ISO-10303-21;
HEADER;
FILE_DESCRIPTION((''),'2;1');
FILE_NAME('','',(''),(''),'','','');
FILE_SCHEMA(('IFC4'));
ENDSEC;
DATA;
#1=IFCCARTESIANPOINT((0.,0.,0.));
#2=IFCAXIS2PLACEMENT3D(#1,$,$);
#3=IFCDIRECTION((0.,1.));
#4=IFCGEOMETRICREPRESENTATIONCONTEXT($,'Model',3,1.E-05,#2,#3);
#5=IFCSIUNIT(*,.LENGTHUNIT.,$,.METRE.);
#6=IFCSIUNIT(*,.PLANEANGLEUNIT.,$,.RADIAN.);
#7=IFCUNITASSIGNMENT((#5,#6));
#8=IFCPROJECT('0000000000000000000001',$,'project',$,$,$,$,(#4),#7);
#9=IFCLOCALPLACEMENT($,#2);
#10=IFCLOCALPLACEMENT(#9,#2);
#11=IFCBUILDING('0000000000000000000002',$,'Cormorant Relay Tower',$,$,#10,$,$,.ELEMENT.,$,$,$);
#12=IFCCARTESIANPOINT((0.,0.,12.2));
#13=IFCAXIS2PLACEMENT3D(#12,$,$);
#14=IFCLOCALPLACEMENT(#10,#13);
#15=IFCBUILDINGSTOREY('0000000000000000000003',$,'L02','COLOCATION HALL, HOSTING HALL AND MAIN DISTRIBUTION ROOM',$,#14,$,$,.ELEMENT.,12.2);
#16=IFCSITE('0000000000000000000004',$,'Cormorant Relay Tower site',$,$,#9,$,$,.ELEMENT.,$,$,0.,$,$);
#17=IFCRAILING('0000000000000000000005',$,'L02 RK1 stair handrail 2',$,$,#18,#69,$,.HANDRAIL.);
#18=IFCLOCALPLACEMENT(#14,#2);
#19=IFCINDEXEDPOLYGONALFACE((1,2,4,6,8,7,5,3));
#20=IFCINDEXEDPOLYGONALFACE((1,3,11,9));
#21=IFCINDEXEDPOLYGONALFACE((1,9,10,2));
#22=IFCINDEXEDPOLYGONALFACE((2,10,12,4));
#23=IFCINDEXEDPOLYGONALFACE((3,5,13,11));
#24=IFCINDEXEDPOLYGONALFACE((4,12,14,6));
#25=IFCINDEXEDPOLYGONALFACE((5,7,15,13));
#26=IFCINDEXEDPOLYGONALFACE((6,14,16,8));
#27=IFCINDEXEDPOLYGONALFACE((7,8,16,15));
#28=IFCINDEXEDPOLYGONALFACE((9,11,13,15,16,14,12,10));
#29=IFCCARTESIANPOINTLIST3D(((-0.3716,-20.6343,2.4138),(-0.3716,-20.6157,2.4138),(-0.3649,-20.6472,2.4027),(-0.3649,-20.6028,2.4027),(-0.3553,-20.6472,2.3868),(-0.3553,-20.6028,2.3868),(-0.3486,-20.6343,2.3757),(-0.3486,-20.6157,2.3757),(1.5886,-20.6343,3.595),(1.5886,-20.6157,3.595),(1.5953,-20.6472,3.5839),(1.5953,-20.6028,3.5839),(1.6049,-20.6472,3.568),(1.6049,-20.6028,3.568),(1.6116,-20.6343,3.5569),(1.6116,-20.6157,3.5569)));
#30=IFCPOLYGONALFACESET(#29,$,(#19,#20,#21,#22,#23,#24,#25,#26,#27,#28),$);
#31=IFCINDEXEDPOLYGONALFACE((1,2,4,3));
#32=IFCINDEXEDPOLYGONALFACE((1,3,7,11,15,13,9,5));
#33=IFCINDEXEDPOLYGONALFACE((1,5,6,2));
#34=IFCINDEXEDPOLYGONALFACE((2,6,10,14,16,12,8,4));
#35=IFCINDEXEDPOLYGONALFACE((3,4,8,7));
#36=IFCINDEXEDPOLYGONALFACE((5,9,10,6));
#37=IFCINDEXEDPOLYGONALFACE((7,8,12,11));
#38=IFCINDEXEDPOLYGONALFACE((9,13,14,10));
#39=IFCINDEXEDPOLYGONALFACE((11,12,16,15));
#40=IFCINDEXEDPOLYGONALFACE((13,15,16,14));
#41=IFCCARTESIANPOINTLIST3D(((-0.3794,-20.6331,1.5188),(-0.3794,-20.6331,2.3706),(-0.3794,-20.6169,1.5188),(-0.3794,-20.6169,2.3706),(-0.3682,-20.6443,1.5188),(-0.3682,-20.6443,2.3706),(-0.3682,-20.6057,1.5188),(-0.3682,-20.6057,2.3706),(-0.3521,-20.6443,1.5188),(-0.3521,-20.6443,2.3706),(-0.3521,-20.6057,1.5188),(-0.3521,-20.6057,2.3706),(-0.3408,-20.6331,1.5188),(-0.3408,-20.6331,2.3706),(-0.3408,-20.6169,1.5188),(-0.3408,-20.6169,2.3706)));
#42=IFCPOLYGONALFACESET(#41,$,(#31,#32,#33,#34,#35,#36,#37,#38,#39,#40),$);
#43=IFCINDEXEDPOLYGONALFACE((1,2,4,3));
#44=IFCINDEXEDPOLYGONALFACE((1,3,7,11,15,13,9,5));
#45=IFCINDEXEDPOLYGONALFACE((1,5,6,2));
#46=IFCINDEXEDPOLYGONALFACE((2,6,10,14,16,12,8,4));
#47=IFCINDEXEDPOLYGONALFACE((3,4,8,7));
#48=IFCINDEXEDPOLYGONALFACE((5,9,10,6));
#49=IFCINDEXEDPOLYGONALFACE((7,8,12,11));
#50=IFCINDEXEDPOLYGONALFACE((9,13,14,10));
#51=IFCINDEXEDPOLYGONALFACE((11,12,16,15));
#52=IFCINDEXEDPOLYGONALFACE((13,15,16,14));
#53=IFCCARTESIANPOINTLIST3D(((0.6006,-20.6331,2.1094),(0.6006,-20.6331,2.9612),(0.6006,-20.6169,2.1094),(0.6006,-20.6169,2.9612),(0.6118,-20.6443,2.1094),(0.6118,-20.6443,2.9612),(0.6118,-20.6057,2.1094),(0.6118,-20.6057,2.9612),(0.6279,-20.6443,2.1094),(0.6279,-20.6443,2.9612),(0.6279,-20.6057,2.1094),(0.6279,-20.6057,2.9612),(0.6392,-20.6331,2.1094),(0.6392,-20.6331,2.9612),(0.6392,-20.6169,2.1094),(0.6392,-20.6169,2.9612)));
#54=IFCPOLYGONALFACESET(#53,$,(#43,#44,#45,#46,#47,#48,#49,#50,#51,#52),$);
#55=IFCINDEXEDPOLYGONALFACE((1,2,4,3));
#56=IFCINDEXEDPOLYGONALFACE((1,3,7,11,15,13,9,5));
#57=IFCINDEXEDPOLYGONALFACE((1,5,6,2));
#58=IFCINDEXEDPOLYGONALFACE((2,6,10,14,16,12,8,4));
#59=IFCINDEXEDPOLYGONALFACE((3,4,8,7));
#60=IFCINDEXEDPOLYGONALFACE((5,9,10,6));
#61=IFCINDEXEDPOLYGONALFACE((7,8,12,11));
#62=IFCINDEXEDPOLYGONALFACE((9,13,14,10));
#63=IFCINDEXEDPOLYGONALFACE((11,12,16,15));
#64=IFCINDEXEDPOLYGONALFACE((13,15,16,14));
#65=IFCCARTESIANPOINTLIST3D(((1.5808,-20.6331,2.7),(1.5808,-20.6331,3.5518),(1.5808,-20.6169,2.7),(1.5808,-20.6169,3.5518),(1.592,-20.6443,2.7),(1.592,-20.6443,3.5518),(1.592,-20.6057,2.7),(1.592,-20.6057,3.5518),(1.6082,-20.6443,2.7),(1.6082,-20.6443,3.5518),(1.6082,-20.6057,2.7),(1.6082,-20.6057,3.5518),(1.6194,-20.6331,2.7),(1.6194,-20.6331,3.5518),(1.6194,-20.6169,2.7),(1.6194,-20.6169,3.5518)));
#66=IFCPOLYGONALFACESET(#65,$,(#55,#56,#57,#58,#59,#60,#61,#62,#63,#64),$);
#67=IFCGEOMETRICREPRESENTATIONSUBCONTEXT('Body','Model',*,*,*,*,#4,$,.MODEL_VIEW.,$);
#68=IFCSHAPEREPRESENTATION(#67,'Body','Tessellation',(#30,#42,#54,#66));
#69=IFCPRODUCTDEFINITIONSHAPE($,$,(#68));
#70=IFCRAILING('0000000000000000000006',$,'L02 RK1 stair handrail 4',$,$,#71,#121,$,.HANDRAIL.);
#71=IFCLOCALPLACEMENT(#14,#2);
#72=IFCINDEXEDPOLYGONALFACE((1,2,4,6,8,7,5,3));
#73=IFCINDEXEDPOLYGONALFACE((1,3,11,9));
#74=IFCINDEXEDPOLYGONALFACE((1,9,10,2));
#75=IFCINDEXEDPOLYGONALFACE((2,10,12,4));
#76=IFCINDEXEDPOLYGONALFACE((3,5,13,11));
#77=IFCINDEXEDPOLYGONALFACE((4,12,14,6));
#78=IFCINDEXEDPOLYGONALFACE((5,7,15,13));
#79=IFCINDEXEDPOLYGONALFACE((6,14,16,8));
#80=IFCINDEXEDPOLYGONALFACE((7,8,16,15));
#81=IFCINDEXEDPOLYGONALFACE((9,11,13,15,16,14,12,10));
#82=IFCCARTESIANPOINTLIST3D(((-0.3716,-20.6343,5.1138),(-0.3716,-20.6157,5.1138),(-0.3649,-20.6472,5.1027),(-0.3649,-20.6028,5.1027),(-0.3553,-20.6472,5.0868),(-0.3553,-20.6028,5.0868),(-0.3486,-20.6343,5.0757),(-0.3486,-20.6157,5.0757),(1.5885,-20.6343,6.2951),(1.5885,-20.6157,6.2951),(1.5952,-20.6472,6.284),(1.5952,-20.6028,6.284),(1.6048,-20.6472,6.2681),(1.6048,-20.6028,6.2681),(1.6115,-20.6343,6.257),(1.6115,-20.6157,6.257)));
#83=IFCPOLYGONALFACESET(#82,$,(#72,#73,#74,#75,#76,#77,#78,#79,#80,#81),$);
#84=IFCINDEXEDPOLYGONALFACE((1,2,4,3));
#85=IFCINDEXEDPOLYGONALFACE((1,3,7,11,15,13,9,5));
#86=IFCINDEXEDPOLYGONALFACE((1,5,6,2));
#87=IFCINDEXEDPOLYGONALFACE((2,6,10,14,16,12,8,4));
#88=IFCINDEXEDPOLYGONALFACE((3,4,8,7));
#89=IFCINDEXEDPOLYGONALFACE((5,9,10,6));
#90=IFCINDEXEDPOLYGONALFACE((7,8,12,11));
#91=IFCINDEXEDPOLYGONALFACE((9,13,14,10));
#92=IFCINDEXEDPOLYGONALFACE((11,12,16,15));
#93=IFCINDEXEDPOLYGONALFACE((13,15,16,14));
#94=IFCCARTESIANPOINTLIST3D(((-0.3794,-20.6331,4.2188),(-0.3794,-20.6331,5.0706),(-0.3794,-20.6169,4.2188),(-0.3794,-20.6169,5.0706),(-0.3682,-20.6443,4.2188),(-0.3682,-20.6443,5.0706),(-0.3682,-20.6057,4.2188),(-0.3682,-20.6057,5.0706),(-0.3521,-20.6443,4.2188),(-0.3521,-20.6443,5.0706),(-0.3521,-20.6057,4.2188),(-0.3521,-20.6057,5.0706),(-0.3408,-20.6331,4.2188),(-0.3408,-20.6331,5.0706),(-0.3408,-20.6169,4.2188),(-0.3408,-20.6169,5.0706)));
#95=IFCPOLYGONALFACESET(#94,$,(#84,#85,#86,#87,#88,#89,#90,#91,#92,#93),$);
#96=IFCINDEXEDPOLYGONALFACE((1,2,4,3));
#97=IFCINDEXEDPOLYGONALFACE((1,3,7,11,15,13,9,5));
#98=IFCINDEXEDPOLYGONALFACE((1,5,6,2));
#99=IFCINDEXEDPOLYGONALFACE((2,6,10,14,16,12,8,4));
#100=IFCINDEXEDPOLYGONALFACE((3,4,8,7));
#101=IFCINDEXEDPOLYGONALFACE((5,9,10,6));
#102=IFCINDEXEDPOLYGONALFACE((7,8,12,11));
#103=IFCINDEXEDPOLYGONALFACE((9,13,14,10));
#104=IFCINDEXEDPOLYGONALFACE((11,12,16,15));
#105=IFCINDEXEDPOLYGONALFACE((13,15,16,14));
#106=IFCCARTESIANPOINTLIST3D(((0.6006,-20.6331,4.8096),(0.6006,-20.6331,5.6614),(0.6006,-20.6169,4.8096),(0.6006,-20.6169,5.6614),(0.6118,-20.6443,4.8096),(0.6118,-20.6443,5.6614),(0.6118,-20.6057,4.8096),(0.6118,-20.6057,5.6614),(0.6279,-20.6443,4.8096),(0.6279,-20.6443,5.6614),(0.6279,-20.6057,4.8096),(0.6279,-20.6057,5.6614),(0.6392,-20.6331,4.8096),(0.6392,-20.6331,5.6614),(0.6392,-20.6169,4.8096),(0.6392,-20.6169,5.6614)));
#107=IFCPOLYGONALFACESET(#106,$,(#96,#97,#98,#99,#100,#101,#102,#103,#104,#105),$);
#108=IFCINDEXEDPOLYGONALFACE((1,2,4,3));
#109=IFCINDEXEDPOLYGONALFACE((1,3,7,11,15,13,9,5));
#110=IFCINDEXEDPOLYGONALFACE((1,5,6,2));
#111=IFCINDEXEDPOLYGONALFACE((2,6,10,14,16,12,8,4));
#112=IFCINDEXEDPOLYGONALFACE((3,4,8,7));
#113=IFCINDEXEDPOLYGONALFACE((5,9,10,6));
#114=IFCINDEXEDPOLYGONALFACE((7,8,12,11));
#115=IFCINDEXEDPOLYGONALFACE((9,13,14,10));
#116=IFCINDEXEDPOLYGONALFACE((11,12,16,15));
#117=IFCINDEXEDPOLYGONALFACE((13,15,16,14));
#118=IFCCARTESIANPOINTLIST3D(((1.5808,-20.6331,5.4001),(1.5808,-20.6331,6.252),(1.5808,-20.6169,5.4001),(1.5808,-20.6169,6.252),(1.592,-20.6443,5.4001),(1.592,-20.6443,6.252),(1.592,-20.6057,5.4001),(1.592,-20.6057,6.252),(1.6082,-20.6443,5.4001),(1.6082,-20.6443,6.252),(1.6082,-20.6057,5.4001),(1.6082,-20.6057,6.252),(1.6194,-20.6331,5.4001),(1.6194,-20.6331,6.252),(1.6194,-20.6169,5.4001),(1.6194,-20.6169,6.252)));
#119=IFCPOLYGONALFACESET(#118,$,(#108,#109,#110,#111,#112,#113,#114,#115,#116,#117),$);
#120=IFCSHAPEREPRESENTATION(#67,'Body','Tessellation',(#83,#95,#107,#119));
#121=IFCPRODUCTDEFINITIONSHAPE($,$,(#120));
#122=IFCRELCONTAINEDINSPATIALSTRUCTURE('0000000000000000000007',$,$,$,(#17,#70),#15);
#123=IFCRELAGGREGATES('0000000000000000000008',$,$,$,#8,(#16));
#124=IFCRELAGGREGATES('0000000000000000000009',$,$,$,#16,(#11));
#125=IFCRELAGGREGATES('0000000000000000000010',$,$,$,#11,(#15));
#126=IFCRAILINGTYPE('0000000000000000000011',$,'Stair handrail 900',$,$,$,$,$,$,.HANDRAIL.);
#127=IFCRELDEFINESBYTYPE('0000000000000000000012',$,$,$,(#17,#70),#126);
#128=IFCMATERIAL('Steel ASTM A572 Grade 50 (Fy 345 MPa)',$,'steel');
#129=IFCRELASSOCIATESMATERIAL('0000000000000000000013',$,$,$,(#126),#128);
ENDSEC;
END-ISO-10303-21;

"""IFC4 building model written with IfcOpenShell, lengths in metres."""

from ifc_helpers import new_model, si_unit, direction, frame, origin, place, context, subcontext, project, spatial, polyline, outline, extrude, material, type_object, element, save


model = new_model("IFC4")

# Units and contexts
model_context = context("Model", 3, precision=1e-05, world=origin(), true_north=direction((0.0, 1.0)))
body_context = subcontext(model_context, "Body", "Model", "MODEL_VIEW")
ifc_project = project(units=[si_unit("LENGTHUNIT", "METRE"), si_unit("PLANEANGLEUNIT", "RADIAN")], contexts=[model_context])

# Site, building, storey
site_placement = place(None, origin())
site = spatial("IfcSite", under=ifc_project, at=site_placement, Name="Cormorant Relay Tower site", CompositionType="ELEMENT", RefElevation=0.0)
building_placement = place(site_placement, origin())
building = spatial("IfcBuilding", under=site, at=building_placement, Name="Cormorant Relay Tower", CompositionType="ELEMENT")
storey_placement = place(building_placement, frame((0.0, 0.0, 12.2)))
storey = spatial("IfcBuildingStorey", under=building, at=storey_placement, Name="L02", Description="COLOCATION HALL, HOSTING HALL AND MAIN DISTRIBUTION ROOM", CompositionType="ELEMENT", Elevation=12.2)

# Railings
ifc_material_1 = material(Name="Steel ASTM A572 Grade 50 (Fy 345 MPa)", Category="steel")
railing_type_1 = type_object("IfcRailingType", Name="Stair handrail 900", PredefinedType="HANDRAIL", material=ifc_material_1)
railing_1_placement = place(storey_placement, frame((-0.3601, -20.625, 1.5188)))
element("IfcRailing", 1, at=railing_1_placement, inside=storey, type_object=railing_type_1, Name="L02 RK1 stair handrail 2", PredefinedType="HANDRAIL", context=body_context, shape_type="SweptSolid", body=[
    extrude(outline(polyline([(0.0222, 0.0093), (0.0093, 0.0222), (-0.0093, 0.0222), (-0.0222, 0.0093), (-0.0222, -0.0093), (-0.0093, -0.0222), (0.0093, -0.0222), (0.0222, -0.0093), (0.0222, 0.0093)])), frame((0.0, 0.0, 0.876), z_axis=(0.856522, 0.0, 0.516111), x_axis=(0.0, 1.0, 0.0)), (0.0, 0.0, 1.0), 2.2886),
    extrude(outline(polyline([(0.0193, 0.0081), (0.0081, 0.0193), (-0.0081, 0.0193), (-0.0193, 0.0081), (-0.0193, -0.0081), (-0.0081, -0.0193), (0.0081, -0.0193), (0.0193, -0.0081), (0.0193, 0.0081)])), origin(), (0.0, 0.0, 1.0), 0.8518),
    extrude(outline(polyline([(0.0193, 0.0081), (0.0081, 0.0193), (-0.0081, 0.0193), (-0.0193, 0.0081), (-0.0193, -0.0081), (-0.0081, -0.0193), (0.0081, -0.0193), (0.0193, -0.0081), (0.0193, 0.0081)])), frame((0.98, 0.0, 0.5906)), (0.0, 0.0, 1.0), 0.8518),
    extrude(outline(polyline([(0.0193, 0.0081), (0.0081, 0.0193), (-0.0081, 0.0193), (-0.0193, 0.0081), (-0.0193, -0.0081), (-0.0081, -0.0193), (0.0081, -0.0193), (0.0193, -0.0081), (0.0193, 0.0081)])), frame((1.9602, 0.0, 1.1812)), (0.0, 0.0, 1.0), 0.8518),
])
railing_2_placement = place(storey_placement, frame((-0.3601, -20.625, 4.2188)))
element("IfcRailing", 2, at=railing_2_placement, inside=storey, type_object=railing_type_1, Name="L02 RK1 stair handrail 4", PredefinedType="HANDRAIL", context=body_context, shape_type="SweptSolid", body=[
    extrude(outline(polyline([(0.0222, 0.0093), (0.0093, 0.0222), (-0.0093, 0.0222), (-0.0222, 0.0093), (-0.0222, -0.0093), (-0.0093, -0.0222), (0.0093, -0.0222), (0.0222, -0.0093), (0.0222, 0.0093)])), frame((0.0, 0.0, 0.876), z_axis=(0.856475, 0.0, 0.516189), x_axis=(0.0, 1.0, 0.0)), (0.0, 0.0, 1.0), 2.2886),
    extrude(outline(polyline([(0.0193, 0.0081), (0.0081, 0.0193), (-0.0081, 0.0193), (-0.0193, 0.0081), (-0.0193, -0.0081), (-0.0081, -0.0193), (0.0081, -0.0193), (0.0193, -0.0081), (0.0193, 0.0081)])), origin(), (0.0, 0.0, 1.0), 0.8518),
    extrude(outline(polyline([(0.0193, 0.0081), (0.0081, 0.0193), (-0.0081, 0.0193), (-0.0193, 0.0081), (-0.0193, -0.0081), (-0.0081, -0.0193), (0.0081, -0.0193), (0.0193, -0.0081), (0.0193, 0.0081)])), frame((0.98, 0.0, 0.5908)), (0.0, 0.0, 1.0), 0.8518),
    extrude(outline(polyline([(0.0193, 0.0081), (0.0081, 0.0193), (-0.0081, 0.0193), (-0.0193, 0.0081), (-0.0193, -0.0081), (-0.0081, -0.0193), (0.0081, -0.0193), (0.0193, -0.0081), (0.0193, 0.0081)])), frame((1.9602, 0.0, 1.1814)), (0.0, 0.0, 1.0), 0.8518),
])

save(model, "model.ifc")
